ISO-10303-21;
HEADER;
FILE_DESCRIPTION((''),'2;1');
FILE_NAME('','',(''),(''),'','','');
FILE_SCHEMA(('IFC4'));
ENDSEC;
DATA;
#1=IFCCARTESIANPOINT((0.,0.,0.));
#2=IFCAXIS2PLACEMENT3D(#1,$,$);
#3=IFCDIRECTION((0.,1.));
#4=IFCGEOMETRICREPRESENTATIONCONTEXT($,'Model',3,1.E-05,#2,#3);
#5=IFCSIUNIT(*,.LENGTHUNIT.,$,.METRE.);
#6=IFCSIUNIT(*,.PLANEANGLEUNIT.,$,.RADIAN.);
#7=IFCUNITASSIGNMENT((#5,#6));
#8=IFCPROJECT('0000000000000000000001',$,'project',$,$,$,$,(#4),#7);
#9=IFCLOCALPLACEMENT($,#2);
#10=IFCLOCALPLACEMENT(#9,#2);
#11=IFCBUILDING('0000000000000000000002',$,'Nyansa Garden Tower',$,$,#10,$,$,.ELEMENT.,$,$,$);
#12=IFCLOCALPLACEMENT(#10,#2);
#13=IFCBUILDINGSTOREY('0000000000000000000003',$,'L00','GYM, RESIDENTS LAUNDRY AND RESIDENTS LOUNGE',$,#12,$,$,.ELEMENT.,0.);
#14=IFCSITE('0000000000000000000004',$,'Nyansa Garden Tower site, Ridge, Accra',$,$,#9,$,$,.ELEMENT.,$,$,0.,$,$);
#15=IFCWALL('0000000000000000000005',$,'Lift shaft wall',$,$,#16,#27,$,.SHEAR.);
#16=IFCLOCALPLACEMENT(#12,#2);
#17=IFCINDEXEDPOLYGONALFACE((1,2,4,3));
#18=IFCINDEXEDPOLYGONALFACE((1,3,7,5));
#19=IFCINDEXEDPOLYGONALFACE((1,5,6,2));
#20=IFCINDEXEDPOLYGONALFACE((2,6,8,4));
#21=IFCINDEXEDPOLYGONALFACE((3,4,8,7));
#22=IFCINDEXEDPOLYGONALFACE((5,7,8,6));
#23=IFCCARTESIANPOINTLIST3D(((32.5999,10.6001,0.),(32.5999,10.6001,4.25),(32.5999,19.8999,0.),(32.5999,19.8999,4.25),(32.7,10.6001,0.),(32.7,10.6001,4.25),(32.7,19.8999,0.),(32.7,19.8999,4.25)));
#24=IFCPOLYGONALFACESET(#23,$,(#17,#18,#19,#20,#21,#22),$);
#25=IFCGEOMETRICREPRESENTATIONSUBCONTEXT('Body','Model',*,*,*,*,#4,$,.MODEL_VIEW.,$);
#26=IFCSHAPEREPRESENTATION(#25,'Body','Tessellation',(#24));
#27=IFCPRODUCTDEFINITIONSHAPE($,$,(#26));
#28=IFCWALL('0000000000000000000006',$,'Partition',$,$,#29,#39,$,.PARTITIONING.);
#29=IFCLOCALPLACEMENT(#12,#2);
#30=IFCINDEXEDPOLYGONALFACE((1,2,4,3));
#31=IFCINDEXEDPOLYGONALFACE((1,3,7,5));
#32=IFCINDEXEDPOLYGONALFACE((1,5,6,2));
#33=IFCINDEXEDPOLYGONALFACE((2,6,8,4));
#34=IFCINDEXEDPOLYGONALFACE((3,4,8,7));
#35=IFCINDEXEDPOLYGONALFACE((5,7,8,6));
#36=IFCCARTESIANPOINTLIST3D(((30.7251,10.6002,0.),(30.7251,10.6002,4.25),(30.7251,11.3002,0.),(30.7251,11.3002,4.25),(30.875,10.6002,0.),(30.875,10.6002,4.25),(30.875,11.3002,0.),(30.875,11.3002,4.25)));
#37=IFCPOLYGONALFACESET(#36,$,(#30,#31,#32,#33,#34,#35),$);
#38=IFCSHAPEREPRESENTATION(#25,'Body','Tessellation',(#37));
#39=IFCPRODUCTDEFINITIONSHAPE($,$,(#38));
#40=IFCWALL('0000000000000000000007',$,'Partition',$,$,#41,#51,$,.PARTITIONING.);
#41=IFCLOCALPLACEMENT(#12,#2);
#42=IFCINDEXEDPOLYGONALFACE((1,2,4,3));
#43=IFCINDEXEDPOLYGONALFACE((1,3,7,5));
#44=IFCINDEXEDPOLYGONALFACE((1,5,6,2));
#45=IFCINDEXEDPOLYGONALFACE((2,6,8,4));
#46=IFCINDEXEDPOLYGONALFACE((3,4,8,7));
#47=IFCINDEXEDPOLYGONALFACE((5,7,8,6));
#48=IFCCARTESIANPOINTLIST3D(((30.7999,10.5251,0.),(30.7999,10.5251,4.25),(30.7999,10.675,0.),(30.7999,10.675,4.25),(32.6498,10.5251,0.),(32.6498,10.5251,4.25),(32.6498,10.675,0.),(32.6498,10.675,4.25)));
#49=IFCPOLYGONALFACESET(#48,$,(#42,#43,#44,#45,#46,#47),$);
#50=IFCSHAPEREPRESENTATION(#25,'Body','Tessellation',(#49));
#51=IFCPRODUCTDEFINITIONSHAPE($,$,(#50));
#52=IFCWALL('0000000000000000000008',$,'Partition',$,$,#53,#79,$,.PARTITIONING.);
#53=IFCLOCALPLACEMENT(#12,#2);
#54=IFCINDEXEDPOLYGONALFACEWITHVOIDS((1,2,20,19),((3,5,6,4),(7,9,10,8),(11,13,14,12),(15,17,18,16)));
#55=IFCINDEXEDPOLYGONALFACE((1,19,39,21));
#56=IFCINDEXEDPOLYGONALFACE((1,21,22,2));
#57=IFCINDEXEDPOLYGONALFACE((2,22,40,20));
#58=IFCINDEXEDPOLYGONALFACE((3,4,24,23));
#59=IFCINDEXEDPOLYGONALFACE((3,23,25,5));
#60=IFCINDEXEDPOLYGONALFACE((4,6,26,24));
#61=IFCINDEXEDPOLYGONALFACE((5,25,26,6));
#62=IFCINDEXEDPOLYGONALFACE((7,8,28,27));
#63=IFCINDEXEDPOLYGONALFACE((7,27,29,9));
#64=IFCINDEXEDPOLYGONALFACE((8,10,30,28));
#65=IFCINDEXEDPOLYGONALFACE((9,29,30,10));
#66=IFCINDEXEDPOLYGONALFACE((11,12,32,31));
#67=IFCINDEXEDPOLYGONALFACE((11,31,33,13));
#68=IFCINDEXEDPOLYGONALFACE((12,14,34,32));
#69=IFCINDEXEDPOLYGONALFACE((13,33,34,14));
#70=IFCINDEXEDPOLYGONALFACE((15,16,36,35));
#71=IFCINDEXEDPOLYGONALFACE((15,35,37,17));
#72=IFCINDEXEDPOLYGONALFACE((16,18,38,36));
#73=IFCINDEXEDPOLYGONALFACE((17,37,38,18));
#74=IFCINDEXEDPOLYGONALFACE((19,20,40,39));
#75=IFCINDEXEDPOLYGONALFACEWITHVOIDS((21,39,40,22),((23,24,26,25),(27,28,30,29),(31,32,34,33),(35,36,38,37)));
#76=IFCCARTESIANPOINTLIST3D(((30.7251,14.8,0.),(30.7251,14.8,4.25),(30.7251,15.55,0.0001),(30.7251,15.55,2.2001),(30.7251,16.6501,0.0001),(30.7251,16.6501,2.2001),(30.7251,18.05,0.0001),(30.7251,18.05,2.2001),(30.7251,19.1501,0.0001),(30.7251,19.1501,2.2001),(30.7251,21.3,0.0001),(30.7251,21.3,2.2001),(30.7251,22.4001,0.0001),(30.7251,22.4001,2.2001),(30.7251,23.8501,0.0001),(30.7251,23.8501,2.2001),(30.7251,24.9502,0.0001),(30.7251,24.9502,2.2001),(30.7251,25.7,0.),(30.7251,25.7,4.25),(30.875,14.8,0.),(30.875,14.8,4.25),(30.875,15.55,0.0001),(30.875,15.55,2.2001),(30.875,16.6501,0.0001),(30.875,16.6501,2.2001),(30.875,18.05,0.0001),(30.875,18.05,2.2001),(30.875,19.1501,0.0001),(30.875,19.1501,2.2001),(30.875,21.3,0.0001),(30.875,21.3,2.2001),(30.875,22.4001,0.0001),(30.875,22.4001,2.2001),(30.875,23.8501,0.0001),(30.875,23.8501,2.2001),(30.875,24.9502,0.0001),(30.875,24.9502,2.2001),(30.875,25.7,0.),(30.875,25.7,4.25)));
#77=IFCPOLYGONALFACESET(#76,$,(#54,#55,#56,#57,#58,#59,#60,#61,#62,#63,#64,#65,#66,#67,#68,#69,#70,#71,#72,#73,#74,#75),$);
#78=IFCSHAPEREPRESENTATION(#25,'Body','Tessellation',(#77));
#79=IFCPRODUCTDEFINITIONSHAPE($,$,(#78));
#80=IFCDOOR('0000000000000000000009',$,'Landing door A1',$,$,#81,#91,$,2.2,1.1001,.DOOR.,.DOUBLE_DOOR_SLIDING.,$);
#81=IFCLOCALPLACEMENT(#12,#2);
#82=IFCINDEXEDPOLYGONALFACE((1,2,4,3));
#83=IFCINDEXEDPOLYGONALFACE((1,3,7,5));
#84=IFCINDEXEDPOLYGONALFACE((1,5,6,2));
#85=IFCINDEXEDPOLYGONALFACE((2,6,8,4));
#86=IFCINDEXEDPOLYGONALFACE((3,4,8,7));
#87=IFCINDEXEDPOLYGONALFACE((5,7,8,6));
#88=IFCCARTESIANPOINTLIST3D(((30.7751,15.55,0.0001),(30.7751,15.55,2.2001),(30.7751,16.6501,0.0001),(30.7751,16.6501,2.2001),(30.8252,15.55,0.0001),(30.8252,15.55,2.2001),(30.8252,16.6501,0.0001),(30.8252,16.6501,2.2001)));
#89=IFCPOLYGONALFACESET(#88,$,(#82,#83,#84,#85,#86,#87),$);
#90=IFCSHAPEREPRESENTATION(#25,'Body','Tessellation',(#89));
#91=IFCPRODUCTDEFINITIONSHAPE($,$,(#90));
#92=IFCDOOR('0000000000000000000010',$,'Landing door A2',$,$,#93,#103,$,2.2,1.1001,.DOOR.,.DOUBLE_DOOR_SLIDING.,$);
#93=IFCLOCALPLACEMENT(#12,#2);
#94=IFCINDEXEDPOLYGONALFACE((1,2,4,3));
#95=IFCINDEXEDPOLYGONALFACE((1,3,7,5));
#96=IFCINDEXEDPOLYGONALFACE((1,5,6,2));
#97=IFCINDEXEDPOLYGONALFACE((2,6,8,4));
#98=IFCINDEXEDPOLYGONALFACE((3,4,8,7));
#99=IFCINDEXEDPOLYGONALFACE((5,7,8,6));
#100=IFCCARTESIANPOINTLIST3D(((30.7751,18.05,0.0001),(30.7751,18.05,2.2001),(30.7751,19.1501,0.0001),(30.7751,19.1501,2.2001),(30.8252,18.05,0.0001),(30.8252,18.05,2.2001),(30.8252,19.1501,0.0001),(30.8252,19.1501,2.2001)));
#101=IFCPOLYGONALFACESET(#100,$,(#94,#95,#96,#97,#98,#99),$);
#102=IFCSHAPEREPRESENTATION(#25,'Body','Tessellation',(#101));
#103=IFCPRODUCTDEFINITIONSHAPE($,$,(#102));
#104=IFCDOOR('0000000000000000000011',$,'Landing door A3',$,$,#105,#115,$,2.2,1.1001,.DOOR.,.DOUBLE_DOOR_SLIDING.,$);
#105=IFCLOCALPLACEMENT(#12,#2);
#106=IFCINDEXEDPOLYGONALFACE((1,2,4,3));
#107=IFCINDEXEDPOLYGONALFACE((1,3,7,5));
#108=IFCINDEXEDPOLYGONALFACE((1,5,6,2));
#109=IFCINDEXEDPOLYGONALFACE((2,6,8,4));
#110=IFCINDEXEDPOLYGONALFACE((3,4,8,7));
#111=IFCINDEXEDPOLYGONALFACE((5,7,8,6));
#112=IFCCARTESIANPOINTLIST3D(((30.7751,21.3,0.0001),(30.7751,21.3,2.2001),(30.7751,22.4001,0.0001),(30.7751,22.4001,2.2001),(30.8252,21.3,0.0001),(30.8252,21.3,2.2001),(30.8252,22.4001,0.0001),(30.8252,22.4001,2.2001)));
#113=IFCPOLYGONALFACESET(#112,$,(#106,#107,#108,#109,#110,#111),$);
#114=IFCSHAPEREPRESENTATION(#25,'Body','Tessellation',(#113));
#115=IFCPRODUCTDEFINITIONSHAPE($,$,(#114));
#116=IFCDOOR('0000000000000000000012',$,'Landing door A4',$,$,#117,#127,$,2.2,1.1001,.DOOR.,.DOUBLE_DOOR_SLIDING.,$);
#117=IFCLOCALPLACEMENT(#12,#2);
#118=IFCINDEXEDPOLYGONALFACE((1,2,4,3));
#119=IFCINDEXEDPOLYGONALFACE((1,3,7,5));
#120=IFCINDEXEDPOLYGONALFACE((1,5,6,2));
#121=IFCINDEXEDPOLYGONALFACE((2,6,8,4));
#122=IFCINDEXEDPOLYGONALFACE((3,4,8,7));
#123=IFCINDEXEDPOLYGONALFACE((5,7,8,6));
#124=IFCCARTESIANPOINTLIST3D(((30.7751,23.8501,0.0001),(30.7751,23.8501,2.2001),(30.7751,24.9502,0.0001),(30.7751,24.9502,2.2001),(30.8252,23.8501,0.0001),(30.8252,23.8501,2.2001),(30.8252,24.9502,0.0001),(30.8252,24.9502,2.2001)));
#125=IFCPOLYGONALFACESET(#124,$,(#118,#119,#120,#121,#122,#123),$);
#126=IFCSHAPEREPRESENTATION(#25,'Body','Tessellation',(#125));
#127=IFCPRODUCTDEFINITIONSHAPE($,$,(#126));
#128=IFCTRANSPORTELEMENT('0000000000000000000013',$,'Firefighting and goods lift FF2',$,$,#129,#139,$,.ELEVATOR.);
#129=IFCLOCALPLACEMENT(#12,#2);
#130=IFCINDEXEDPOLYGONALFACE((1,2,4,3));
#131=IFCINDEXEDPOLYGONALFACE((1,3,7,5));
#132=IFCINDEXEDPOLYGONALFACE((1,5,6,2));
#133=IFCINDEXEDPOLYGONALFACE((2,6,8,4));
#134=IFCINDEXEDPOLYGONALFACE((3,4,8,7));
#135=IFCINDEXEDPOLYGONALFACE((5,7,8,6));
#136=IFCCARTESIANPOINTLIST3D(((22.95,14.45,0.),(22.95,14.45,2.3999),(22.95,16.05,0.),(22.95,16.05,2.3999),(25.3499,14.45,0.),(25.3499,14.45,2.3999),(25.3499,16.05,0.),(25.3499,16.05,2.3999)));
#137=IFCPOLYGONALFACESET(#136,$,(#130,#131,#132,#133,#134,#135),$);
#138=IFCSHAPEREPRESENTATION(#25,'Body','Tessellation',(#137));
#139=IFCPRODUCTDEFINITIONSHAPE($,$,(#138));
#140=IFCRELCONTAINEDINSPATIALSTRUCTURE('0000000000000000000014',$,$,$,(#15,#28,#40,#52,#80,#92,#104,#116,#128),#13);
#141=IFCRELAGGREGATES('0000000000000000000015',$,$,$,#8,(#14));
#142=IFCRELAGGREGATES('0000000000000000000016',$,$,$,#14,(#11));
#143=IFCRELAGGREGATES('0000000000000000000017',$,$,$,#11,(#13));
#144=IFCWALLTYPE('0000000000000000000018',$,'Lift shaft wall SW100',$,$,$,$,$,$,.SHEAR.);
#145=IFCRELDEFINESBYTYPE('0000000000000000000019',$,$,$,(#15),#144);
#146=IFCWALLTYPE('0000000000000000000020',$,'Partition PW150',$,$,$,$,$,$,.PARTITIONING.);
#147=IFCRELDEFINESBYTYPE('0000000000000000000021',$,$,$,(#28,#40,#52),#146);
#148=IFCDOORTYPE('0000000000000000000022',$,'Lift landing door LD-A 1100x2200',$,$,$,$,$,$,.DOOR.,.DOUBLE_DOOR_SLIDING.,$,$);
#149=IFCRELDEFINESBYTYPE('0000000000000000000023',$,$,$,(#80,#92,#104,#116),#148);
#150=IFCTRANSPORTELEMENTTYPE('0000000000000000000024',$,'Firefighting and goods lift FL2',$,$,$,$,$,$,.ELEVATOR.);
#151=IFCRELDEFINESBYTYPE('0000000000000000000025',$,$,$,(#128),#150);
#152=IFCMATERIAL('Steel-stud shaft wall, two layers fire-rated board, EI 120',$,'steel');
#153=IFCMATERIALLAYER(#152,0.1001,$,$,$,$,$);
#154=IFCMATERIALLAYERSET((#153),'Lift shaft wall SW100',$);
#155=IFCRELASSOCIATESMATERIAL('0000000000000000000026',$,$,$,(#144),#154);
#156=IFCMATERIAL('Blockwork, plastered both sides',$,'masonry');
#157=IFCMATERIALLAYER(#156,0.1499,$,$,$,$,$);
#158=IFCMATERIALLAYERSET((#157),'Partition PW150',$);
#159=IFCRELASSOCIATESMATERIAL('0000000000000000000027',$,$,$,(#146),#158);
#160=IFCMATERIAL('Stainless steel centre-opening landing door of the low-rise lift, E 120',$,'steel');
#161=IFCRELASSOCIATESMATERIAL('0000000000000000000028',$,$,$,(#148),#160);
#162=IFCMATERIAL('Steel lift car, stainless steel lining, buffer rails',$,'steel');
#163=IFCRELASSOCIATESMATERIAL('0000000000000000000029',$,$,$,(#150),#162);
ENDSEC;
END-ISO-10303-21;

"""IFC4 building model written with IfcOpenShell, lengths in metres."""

from ifc_helpers import new_model, si_unit, direction, frame, frame_2d, origin, origin_2d, place, context, subcontext, project, spatial, rectangle, extrude, material, layer, layer_set, type_object, element, fill, save


model = new_model("IFC4")

# Units and contexts
model_context = context("Model", 3, precision=1e-05, world=origin(), true_north=direction((0.0, 1.0)))
body_context = subcontext(model_context, "Body", "Model", "MODEL_VIEW")
ifc_project = project(units=[si_unit("LENGTHUNIT", "METRE"), si_unit("PLANEANGLEUNIT", "RADIAN")], contexts=[model_context])

# Site, building, storey
site_placement = place(None, origin())
site = spatial("IfcSite", under=ifc_project, at=site_placement, Name="Nyansa Garden Tower site, Ridge, Accra", CompositionType="ELEMENT", RefElevation=0.0)
building_placement = place(site_placement, origin())
building = spatial("IfcBuilding", under=site, at=building_placement, Name="Nyansa Garden Tower", CompositionType="ELEMENT")
storey_placement = place(building_placement, origin())
storey = spatial("IfcBuildingStorey", under=building, at=storey_placement, Name="L00", Description="GYM, RESIDENTS LAUNDRY AND RESIDENTS LOUNGE", CompositionType="ELEMENT", Elevation=0.0)

# Walls
ifc_material_1 = material(Name="Steel-stud shaft wall, two layers fire-rated board, EI 120", Category="steel")
ifc_layer_1 = layer(ifc_material_1, 0.1001)
ifc_layer_set_1 = layer_set([ifc_layer_1], Name="Lift shaft wall SW100")
wall_type_1 = type_object("IfcWallType", Name="Lift shaft wall SW100", PredefinedType="SHEAR", material=ifc_layer_set_1)
wall_1_placement = place(storey_placement, frame((32.6499, 10.6001, 0.0), z_axis=(0.0, 0.0, 1.0), x_axis=(0.0, 1.0, 0.0)))
element("IfcWall", 1, at=wall_1_placement, inside=storey, type_object=wall_type_1, Name="Lift shaft wall", PredefinedType="SHEAR", context=body_context, shape_type="SweptSolid", body=[
    extrude(rectangle(XDim=9.2998, YDim=0.1001, at=frame_2d((4.6499, 0.0))), origin(), (0.0, 0.0, 1.0), 4.25),
])
ifc_material_2 = material(Name="Blockwork, plastered both sides", Category="masonry")
ifc_layer_2 = layer(ifc_material_2, 0.1499)
ifc_layer_set_2 = layer_set([ifc_layer_2], Name="Partition PW150")
wall_type_2 = type_object("IfcWallType", Name="Partition PW150", PredefinedType="PARTITIONING", material=ifc_layer_set_2)
wall_2_placement = place(storey_placement, frame((30.8, 10.6001, 0.0), z_axis=(0.0, 0.0, 1.0), x_axis=(0.0, 1.0, 0.0)))
element("IfcWall", 2, at=wall_2_placement, inside=storey, type_object=wall_type_2, Name="Partition", PredefinedType="PARTITIONING", context=body_context, shape_type="SweptSolid", body=[
    extrude(rectangle(XDim=0.7, YDim=0.1499, at=frame_2d((0.3501, 0.0))), origin(), (0.0, 0.0, 1.0), 4.25),
])
wall_3_placement = place(storey_placement, frame((30.8, 10.6001, 0.0), z_axis=(0.0, 0.0, 1.0), x_axis=(1.0, 0.0, 0.0)))
element("IfcWall", 3, at=wall_3_placement, inside=storey, type_object=wall_type_2, Name="Partition", PredefinedType="PARTITIONING", context=body_context, shape_type="SweptSolid", body=[
    extrude(rectangle(XDim=1.8499, YDim=0.1499, at=frame_2d((0.9248, 0.0))), origin(), (0.0, 0.0, 1.0), 4.25),
])

# Wall, openings, doors
wall_4_placement = place(storey_placement, frame((30.8, 14.8, 0.0), z_axis=(0.0, 0.0, 1.0), x_axis=(0.0, 1.0, 0.0)))
wall_4 = element("IfcWall", 4, at=wall_4_placement, inside=storey, type_object=wall_type_2, Name="Partition", PredefinedType="PARTITIONING", context=body_context, shape_type="SweptSolid", body=[
    extrude(rectangle(XDim=10.8999, YDim=0.1499, at=frame_2d((5.45, 0.0))), origin(), (0.0, 0.0, 1.0), 4.25),
])
opening_1_placement = place(wall_4_placement, frame((0.75, 0.0, 0.0)))
opening_1 = element("IfcOpeningElement", 5, at=opening_1_placement, cuts=wall_4, PredefinedType="OPENING", context=body_context, shape_type="SweptSolid", body=[
    extrude(rectangle(XDim=1.1001, YDim=2.2, at=frame_2d((0.55, 1.1001))), frame((0.0, 0.085, 0.0), z_axis=(0.0, -1.0, 0.0), x_axis=(1.0, 0.0, 0.0)), (0.0, 0.0, 1.0), 0.1699),
])
opening_2_placement = place(wall_4_placement, frame((3.25, 0.0, 0.0)))
opening_2 = element("IfcOpeningElement", 6, at=opening_2_placement, cuts=wall_4, PredefinedType="OPENING", context=body_context, shape_type="SweptSolid", body=[
    extrude(rectangle(XDim=1.1001, YDim=2.2, at=frame_2d((0.55, 1.1001))), frame((0.0, 0.085, 0.0), z_axis=(0.0, -1.0, 0.0), x_axis=(1.0, 0.0, 0.0)), (0.0, 0.0, 1.0), 0.1699),
])
opening_3_placement = place(wall_4_placement, frame((6.5, 0.0, 0.0)))
opening_3 = element("IfcOpeningElement", 7, at=opening_3_placement, cuts=wall_4, PredefinedType="OPENING", context=body_context, shape_type="SweptSolid", body=[
    extrude(rectangle(XDim=1.1001, YDim=2.2, at=frame_2d((0.55, 1.1001))), frame((0.0, 0.085, 0.0), z_axis=(0.0, -1.0, 0.0), x_axis=(1.0, 0.0, 0.0)), (0.0, 0.0, 1.0), 0.1699),
])
opening_4_placement = place(wall_4_placement, frame((9.05, 0.0, 0.0)))
opening_4 = element("IfcOpeningElement", 8, at=opening_4_placement, cuts=wall_4, PredefinedType="OPENING", context=body_context, shape_type="SweptSolid", body=[
    extrude(rectangle(XDim=1.1001, YDim=2.2, at=frame_2d((0.55, 1.1001))), frame((0.0, 0.085, 0.0), z_axis=(0.0, -1.0, 0.0), x_axis=(1.0, 0.0, 0.0)), (0.0, 0.0, 1.0), 0.1699),
])
ifc_material_3 = material(Name="Stainless steel centre-opening landing door of the low-rise lift, E 120", Category="steel")
door_type_1 = type_object("IfcDoorType", Name="Lift landing door LD-A 1100x2200", OperationType="DOUBLE_DOOR_SLIDING", PredefinedType="DOOR", material=ifc_material_3)
door_1_placement = place(opening_1_placement, origin())
door_1 = element("IfcDoor", 9, at=door_1_placement, inside=storey, type_object=door_type_1, Name="Landing door A1", OperationType="DOUBLE_DOOR_SLIDING", OverallHeight=2.2, OverallWidth=1.1001, PredefinedType="DOOR", context=body_context, shape_type="SweptSolid", body=[
    extrude(rectangle(XDim=1.1001, YDim=2.2, at=frame_2d((0.55, 1.1001))), frame((0.0, 0.0249, 0.0), z_axis=(0.0, -1.0, 0.0), x_axis=(1.0, 0.0, 0.0)), (0.0, 0.0, 1.0), 0.05),
])
fill(opening_1, door_1)
door_2_placement = place(opening_2_placement, origin())
door_2 = element("IfcDoor", 10, at=door_2_placement, inside=storey, type_object=door_type_1, Name="Landing door A2", OperationType="DOUBLE_DOOR_SLIDING", OverallHeight=2.2, OverallWidth=1.1001, PredefinedType="DOOR", context=body_context, shape_type="SweptSolid", body=[
    extrude(rectangle(XDim=1.1001, YDim=2.2, at=frame_2d((0.55, 1.1001))), frame((0.0, 0.0249, 0.0), z_axis=(0.0, -1.0, 0.0), x_axis=(1.0, 0.0, 0.0)), (0.0, 0.0, 1.0), 0.05),
])
fill(opening_2, door_2)
door_3_placement = place(opening_3_placement, origin())
door_3 = element("IfcDoor", 11, at=door_3_placement, inside=storey, type_object=door_type_1, Name="Landing door A3", OperationType="DOUBLE_DOOR_SLIDING", OverallHeight=2.2, OverallWidth=1.1001, PredefinedType="DOOR", context=body_context, shape_type="SweptSolid", body=[
    extrude(rectangle(XDim=1.1001, YDim=2.2, at=frame_2d((0.55, 1.1001))), frame((0.0, 0.0249, 0.0), z_axis=(0.0, -1.0, 0.0), x_axis=(1.0, 0.0, 0.0)), (0.0, 0.0, 1.0), 0.05),
])
fill(opening_3, door_3)
door_4_placement = place(opening_4_placement, origin())
door_4 = element("IfcDoor", 12, at=door_4_placement, inside=storey, type_object=door_type_1, Name="Landing door A4", OperationType="DOUBLE_DOOR_SLIDING", OverallHeight=2.2, OverallWidth=1.1001, PredefinedType="DOOR", context=body_context, shape_type="SweptSolid", body=[
    extrude(rectangle(XDim=1.1001, YDim=2.2, at=frame_2d((0.55, 1.1001))), frame((0.0, 0.0249, 0.0), z_axis=(0.0, -1.0, 0.0), x_axis=(1.0, 0.0, 0.0)), (0.0, 0.0, 1.0), 0.05),
])
fill(opening_4, door_4)

# Transport element
ifc_material_4 = material(Name="Steel lift car, stainless steel lining, buffer rails", Category="steel")
transport_element_type = type_object("IfcTransportElementType", Name="Firefighting and goods lift FL2", PredefinedType="ELEVATOR", material=ifc_material_4)
transport_element_placement = place(storey_placement, frame((24.1499, 15.25, 0.0), z_axis=(0.0, 0.0, 1.0), x_axis=(1.0, 0.0, 0.0)))
element("IfcTransportElement", 13, at=transport_element_placement, inside=storey, type_object=transport_element_type, Name="Firefighting and goods lift FF2", PredefinedType="ELEVATOR", context=body_context, shape_type="SweptSolid", body=[
    extrude(rectangle(XDim=2.3999, YDim=1.6001, at=origin_2d()), origin(), (0.0, 0.0, 1.0), 2.3999),
])

save(model, "model.ifc")
